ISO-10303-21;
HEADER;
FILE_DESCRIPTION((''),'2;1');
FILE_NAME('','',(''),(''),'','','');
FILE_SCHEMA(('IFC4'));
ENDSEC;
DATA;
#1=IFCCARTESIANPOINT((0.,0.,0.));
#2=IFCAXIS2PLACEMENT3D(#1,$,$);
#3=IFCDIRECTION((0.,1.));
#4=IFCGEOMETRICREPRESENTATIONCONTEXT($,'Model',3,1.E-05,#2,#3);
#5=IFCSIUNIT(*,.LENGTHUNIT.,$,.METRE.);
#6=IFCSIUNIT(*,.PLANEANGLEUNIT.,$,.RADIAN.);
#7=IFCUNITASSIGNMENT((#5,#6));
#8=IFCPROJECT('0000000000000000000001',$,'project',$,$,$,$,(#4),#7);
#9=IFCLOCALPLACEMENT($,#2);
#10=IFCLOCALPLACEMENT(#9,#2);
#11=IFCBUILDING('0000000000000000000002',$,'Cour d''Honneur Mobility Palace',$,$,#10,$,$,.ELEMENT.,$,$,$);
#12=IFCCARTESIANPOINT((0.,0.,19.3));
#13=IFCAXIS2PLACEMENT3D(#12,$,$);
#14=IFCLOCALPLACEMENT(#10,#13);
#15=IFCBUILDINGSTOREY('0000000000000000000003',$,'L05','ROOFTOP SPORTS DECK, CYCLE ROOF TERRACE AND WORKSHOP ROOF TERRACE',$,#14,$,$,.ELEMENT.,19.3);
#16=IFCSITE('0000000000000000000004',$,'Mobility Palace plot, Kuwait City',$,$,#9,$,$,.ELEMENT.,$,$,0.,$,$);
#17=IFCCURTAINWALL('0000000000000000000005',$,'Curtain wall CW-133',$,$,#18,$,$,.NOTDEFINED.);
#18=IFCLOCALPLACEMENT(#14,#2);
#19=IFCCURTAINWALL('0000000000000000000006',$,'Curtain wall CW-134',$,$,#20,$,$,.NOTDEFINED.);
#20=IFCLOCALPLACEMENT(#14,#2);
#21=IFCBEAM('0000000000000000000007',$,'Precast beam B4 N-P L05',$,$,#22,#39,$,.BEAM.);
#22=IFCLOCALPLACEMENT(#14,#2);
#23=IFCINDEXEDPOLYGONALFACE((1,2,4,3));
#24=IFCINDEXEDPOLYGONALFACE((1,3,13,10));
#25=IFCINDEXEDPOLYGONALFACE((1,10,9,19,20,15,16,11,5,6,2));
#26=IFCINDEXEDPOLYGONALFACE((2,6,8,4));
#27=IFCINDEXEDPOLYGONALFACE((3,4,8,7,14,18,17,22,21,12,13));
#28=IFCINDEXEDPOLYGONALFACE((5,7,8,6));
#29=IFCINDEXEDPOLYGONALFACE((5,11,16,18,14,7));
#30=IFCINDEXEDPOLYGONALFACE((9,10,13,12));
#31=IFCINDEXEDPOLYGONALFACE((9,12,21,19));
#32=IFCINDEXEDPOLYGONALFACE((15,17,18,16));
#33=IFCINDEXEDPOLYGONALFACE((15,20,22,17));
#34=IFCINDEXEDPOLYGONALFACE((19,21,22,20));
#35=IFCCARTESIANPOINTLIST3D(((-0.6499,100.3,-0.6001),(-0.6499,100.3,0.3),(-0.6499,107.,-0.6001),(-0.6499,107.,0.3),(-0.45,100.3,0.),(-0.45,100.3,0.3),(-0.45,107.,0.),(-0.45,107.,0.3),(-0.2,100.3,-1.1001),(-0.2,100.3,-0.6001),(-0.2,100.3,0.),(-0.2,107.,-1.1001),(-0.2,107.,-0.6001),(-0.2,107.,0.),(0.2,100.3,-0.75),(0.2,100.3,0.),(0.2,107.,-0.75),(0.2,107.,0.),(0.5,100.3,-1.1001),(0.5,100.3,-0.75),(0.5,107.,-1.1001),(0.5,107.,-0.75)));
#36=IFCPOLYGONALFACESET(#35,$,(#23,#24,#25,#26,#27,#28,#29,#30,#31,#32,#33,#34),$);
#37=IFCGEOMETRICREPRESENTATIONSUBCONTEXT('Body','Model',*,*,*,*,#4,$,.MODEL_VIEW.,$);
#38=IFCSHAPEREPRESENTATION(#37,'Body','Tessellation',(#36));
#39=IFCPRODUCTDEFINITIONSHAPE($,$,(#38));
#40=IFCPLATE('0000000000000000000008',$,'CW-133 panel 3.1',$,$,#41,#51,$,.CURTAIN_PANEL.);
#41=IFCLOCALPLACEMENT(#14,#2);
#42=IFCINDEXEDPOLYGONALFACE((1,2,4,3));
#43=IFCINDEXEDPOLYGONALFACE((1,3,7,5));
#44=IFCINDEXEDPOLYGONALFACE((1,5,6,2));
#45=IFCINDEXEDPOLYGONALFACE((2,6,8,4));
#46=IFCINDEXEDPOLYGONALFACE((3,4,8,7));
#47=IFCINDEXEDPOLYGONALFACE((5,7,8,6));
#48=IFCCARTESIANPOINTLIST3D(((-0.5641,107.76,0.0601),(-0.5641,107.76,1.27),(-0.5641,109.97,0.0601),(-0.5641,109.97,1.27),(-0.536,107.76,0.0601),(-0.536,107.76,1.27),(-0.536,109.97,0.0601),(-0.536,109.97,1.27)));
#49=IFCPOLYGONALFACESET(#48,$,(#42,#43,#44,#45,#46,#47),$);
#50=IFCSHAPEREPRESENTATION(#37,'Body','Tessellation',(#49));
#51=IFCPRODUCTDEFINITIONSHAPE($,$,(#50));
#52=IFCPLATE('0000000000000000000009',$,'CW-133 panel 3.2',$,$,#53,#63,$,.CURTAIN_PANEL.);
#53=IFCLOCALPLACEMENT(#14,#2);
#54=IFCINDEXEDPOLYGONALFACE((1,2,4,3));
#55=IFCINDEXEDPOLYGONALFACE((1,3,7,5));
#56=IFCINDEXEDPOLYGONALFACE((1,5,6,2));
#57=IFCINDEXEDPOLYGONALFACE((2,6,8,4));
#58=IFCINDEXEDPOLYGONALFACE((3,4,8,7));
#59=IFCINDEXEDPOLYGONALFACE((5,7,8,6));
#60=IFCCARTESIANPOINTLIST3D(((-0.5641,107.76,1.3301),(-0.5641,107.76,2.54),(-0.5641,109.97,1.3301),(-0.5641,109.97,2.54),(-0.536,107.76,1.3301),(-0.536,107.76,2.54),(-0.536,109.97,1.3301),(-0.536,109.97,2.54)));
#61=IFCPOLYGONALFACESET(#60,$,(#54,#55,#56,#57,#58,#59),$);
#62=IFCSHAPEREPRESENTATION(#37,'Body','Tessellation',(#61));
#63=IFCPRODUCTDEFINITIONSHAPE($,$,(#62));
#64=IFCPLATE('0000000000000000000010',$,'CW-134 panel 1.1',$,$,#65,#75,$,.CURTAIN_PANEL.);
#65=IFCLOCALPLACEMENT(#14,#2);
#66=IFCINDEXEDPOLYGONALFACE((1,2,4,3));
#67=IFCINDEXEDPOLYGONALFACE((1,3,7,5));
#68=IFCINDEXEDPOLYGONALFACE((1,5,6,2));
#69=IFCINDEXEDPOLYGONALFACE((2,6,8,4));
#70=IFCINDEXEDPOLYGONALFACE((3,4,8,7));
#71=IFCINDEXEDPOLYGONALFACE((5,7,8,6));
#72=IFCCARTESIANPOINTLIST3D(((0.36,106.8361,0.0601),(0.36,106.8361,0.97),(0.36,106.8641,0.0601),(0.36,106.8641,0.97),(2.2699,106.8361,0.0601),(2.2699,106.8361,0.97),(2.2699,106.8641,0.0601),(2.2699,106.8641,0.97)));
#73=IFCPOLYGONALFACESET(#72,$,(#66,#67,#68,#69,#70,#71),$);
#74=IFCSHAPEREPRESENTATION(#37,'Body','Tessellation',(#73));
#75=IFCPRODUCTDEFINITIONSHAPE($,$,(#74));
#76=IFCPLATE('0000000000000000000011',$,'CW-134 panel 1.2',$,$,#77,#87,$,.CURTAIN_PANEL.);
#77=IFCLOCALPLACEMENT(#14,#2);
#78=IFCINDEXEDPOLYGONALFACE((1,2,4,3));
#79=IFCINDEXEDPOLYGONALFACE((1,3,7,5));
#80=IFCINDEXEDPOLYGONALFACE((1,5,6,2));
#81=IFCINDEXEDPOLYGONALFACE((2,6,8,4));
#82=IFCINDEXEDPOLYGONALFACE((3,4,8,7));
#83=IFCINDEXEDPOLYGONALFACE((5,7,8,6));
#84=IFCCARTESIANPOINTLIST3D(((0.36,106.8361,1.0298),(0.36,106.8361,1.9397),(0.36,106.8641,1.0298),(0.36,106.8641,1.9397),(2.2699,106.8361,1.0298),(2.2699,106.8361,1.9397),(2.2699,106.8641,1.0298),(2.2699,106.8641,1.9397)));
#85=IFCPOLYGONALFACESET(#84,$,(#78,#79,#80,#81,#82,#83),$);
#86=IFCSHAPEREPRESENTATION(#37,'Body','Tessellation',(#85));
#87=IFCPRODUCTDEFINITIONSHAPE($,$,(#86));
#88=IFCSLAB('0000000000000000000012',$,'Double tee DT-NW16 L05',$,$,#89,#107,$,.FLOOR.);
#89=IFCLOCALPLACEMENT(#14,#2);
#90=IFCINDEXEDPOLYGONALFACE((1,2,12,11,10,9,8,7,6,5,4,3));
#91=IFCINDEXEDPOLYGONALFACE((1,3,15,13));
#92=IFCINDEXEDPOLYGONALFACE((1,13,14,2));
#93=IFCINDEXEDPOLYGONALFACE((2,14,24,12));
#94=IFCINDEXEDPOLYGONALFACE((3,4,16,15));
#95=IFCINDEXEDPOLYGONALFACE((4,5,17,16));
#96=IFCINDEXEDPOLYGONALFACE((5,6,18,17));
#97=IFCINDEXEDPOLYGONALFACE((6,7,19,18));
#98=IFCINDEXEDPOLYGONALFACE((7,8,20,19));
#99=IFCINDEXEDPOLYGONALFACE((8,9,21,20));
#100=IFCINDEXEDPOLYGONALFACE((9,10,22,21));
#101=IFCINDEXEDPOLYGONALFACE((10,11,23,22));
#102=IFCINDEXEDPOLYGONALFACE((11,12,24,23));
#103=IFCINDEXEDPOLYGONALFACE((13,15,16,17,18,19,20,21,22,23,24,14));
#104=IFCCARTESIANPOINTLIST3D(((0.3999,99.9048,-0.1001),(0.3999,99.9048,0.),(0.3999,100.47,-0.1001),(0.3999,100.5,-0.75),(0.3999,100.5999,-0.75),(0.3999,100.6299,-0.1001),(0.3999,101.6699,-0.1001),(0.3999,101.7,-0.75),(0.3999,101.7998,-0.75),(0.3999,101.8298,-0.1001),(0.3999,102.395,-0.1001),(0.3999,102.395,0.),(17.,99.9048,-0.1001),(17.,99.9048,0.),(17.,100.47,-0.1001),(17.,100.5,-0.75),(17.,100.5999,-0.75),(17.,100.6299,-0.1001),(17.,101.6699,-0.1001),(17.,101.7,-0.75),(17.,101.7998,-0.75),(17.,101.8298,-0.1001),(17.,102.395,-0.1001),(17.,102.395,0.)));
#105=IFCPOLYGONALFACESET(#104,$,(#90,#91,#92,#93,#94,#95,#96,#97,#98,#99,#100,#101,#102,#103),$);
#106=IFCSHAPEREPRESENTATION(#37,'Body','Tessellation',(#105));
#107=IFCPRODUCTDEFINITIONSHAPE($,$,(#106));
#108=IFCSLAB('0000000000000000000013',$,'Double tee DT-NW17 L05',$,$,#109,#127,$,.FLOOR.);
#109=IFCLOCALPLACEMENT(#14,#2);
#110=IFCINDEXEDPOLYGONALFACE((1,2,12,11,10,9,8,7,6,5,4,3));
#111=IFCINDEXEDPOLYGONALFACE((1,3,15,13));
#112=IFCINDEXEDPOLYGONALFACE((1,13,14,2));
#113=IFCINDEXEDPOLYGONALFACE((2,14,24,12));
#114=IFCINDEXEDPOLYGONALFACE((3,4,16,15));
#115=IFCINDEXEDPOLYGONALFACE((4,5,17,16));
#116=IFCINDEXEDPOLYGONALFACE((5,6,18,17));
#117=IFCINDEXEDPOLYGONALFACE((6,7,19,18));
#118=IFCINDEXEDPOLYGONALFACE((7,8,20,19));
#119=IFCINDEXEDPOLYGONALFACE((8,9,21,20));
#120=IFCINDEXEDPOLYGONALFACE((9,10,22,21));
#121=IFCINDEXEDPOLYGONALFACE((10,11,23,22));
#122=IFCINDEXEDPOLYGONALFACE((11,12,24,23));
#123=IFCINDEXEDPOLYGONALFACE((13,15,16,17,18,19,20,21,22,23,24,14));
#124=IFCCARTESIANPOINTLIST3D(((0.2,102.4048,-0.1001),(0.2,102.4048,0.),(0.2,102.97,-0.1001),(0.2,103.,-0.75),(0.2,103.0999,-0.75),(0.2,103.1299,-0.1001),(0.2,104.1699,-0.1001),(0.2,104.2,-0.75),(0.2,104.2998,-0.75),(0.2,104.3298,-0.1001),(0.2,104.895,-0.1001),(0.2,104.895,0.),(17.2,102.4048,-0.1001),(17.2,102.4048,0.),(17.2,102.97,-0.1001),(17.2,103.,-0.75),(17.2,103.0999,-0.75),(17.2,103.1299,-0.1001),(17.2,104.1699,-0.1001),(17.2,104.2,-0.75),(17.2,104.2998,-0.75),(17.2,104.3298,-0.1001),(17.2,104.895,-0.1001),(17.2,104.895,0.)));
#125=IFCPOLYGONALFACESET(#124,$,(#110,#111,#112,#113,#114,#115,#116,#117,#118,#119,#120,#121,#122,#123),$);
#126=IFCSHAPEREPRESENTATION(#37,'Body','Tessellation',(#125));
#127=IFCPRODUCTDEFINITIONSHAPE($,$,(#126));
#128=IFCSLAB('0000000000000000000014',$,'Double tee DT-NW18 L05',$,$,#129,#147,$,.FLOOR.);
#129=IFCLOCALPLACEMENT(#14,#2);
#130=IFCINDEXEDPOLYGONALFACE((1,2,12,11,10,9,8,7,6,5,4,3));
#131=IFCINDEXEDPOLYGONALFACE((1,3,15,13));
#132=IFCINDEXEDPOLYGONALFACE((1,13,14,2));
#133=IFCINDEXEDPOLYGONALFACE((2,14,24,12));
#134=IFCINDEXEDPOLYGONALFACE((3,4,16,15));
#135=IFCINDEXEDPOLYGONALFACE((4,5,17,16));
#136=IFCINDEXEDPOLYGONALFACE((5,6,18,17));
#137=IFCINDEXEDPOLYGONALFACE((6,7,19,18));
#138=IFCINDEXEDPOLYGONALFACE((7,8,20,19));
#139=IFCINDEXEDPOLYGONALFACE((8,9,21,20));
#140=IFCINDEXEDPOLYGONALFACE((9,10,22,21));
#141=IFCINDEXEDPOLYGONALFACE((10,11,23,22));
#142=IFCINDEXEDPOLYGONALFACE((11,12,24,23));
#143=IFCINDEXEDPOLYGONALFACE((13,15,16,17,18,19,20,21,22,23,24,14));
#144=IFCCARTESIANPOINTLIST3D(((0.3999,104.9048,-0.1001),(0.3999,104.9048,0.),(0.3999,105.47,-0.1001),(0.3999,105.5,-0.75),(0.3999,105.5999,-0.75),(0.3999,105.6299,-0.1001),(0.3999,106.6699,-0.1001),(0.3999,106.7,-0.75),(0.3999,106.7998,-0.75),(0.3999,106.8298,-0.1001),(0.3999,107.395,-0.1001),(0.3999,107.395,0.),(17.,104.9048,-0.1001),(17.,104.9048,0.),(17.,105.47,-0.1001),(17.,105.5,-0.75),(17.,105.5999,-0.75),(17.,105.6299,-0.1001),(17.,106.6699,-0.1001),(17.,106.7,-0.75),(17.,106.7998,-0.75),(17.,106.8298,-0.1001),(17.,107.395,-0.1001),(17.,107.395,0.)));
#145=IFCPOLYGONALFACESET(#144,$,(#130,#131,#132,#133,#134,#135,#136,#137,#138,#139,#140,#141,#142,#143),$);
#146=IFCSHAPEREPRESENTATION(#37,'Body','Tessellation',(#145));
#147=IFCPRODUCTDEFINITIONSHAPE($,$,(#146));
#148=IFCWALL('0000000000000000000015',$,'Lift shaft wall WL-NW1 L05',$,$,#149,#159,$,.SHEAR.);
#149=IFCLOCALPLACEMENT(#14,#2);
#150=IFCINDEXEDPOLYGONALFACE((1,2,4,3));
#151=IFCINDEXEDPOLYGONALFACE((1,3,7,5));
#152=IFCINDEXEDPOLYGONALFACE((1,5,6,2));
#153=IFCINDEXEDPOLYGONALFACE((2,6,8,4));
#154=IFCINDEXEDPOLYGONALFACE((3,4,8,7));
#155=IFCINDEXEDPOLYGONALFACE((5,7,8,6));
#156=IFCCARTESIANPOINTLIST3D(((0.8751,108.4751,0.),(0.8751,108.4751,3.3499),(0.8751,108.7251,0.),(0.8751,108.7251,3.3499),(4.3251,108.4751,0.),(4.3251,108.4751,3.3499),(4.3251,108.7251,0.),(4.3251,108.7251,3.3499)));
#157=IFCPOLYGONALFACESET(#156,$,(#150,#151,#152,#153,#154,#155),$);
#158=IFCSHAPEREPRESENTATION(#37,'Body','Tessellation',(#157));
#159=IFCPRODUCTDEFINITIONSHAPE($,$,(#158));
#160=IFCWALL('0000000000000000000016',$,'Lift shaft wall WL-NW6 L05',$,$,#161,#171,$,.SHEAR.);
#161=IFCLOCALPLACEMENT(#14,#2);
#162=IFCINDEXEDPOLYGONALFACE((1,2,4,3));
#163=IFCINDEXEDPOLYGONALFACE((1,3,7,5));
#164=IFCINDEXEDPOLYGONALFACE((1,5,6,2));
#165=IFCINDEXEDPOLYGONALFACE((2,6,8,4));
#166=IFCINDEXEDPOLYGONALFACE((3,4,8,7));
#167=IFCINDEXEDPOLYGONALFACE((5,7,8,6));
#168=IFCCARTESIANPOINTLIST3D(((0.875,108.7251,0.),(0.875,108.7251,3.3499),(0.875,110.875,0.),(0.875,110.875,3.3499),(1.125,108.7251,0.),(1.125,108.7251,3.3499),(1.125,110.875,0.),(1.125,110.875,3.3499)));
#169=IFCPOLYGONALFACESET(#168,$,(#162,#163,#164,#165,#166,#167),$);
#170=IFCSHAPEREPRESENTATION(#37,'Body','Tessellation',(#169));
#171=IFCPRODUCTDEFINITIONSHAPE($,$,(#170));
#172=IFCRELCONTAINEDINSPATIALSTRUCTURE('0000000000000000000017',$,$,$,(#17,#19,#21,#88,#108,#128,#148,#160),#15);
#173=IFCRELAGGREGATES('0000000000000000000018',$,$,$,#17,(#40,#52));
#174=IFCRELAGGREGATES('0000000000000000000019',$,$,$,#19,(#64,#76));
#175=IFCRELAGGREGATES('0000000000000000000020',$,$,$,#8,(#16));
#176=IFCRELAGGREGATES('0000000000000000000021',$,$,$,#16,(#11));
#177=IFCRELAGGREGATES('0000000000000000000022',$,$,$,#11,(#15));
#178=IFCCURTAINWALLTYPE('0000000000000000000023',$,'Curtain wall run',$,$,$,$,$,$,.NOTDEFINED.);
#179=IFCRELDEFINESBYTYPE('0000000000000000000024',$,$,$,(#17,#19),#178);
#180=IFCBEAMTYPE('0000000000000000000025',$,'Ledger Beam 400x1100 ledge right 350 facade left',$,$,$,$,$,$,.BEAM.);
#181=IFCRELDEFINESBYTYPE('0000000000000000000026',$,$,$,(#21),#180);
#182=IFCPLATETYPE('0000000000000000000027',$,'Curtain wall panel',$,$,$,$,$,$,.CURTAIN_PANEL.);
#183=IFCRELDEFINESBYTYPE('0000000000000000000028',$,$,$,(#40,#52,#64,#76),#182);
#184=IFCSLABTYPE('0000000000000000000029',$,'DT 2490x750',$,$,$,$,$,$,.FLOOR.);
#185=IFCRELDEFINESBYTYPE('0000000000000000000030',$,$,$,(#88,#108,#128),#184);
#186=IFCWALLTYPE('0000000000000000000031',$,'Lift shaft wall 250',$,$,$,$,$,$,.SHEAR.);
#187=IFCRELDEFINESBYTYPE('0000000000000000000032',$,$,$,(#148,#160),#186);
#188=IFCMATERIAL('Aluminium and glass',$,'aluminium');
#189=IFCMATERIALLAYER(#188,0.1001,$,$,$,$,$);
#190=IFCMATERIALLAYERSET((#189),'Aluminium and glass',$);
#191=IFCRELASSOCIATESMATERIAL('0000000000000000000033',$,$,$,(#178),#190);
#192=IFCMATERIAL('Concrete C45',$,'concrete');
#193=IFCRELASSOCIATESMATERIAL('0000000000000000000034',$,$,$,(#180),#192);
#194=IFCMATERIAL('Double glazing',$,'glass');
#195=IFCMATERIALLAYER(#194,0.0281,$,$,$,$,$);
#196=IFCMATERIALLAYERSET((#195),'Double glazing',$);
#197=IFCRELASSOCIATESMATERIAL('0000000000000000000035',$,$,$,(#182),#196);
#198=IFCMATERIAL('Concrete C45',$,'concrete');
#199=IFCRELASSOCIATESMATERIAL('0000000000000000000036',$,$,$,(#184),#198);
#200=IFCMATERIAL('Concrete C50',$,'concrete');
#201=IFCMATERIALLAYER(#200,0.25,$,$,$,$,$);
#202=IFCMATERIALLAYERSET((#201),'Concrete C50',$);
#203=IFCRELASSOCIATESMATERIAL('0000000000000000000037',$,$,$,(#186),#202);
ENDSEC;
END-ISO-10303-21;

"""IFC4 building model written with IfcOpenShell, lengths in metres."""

from ifc_helpers import new_model, si_unit, direction, frame, frame_2d, origin, origin_2d, place, context, subcontext, project, spatial, polyline, rectangle, outline, extrude, material, layer, layer_set, material_profile, profile_set, type_object, element, aggregate, save


model = new_model("IFC4")

# Units and contexts
model_context = context("Model", 3, precision=1e-05, world=origin(), true_north=direction((0.0, 1.0)))
body_context = subcontext(model_context, "Body", "Model", "MODEL_VIEW")
ifc_project = project(units=[si_unit("LENGTHUNIT", "METRE"), si_unit("PLANEANGLEUNIT", "RADIAN")], contexts=[model_context])

# Site, building, storey
site_placement = place(None, origin())
site = spatial("IfcSite", under=ifc_project, at=site_placement, Name="Mobility Palace plot, Kuwait City", CompositionType="ELEMENT", RefElevation=0.0)
building_placement = place(site_placement, origin())
building = spatial("IfcBuilding", under=site, at=building_placement, Name="Cour d'Honneur Mobility Palace", CompositionType="ELEMENT")
storey_placement = place(building_placement, frame((0.0, 0.0, 19.3)))
storey = spatial("IfcBuildingStorey", under=building, at=storey_placement, Name="L05", Description="ROOFTOP SPORTS DECK, CYCLE ROOF TERRACE AND WORKSHOP ROOF TERRACE", CompositionType="ELEMENT", Elevation=19.3)

# Curtain wall
ifc_material_1 = material(Name="Aluminium and glass", Category="aluminium")
ifc_layer_1 = layer(ifc_material_1, 0.1001)
ifc_layer_set_1 = layer_set([ifc_layer_1], Name="Aluminium and glass")
curtain_wall_type = type_object("IfcCurtainWallType", Name="Curtain wall run", PredefinedType="NOTDEFINED", material=ifc_layer_set_1)
curtain_wall_1_placement = place(storey_placement, origin())
curtain_wall_1 = element("IfcCurtainWall", 1, at=curtain_wall_1_placement, inside=storey, type_object=curtain_wall_type, Name="Curtain wall CW-133", PredefinedType="NOTDEFINED")

# Curtain wall
curtain_wall_2_placement = place(storey_placement, origin())
curtain_wall_2 = element("IfcCurtainWall", 2, at=curtain_wall_2_placement, inside=storey, type_object=curtain_wall_type, Name="Curtain wall CW-134", PredefinedType="NOTDEFINED")

# Beam
ifc_material_2 = material(Name="Concrete C45", Category="concrete")
ifc_material_profile_1 = material_profile(ifc_material_2, outline(polyline([(0.2, -1.1001), (0.2, -0.6001), (0.6499, -0.6001), (0.6499, 0.3), (0.45, 0.3), (0.45, 0.0), (0.2, 0.0), (-0.2, 0.0), (-0.2, -0.75), (-0.5, -0.75), (-0.5, -1.1001), (0.2, -1.1001)])), Name="Ledger Beam 400x1100 ledge right 350 facade left")
ifc_profile_set_1 = profile_set([ifc_material_profile_1], Name="Concrete C45")
beam_type_1 = type_object("IfcBeamType", Name="Ledger Beam 400x1100 ledge right 350 facade left", PredefinedType="BEAM", material=ifc_profile_set_1)
beam_1_placement = place(storey_placement, frame((0.0, 100.3, 0.0), z_axis=(0.0, 1.0, 0.0), x_axis=(-1.0, 0.0, 0.0)))
element("IfcBeam", 3, at=beam_1_placement, inside=storey, type_object=beam_type_1, Name="Precast beam B4 N-P L05", PredefinedType="BEAM", context=body_context, shape_type="SweptSolid", body=[
    extrude(outline(polyline([(0.2, -1.1001), (0.2, -0.6001), (0.6499, -0.6001), (0.6499, 0.3), (0.45, 0.3), (0.45, 0.0), (0.2, 0.0), (-0.2, 0.0), (-0.2, -0.75), (-0.5, -0.75), (-0.5, -1.1001), (0.2, -1.1001)])), origin(), (0.0, 0.0, 1.0), 6.7),
])

# Plates
ifc_material_3 = material(Name="Double glazing", Category="glass")
ifc_layer_2 = layer(ifc_material_3, 0.0281)
ifc_layer_set_2 = layer_set([ifc_layer_2], Name="Double glazing")
plate_type = type_object("IfcPlateType", Name="Curtain wall panel", PredefinedType="CURTAIN_PANEL", material=ifc_layer_set_2)
plate_1_placement = place(storey_placement, frame((-0.55, 108.865, 0.0601), z_axis=(0.0, 0.0, 1.0), x_axis=(0.0, -1.0, 0.0)))
plate_1 = element("IfcPlate", 4, at=plate_1_placement, type_object=plate_type, Name="CW-133 panel 3.1", PredefinedType="CURTAIN_PANEL", context=body_context, shape_type="SweptSolid", body=[
    extrude(rectangle(XDim=2.21, YDim=0.0281, at=origin_2d()), origin(), (0.0, 0.0, 1.0), 1.21),
])
plate_2_placement = place(storey_placement, frame((-0.55, 108.865, 1.3301), z_axis=(0.0, 0.0, 1.0), x_axis=(0.0, -1.0, 0.0)))
plate_2 = element("IfcPlate", 5, at=plate_2_placement, type_object=plate_type, Name="CW-133 panel 3.2", PredefinedType="CURTAIN_PANEL", context=body_context, shape_type="SweptSolid", body=[
    extrude(rectangle(XDim=2.21, YDim=0.0281, at=origin_2d()), origin(), (0.0, 0.0, 1.0), 1.21),
])
aggregate(curtain_wall_1, [plate_1, plate_2])
plate_3_placement = place(storey_placement, frame((1.3149, 106.8501, 0.0601), z_axis=(0.0, 0.0, 1.0), x_axis=(1.0, 0.0, 0.0)))
plate_3 = element("IfcPlate", 6, at=plate_3_placement, type_object=plate_type, Name="CW-134 panel 1.1", PredefinedType="CURTAIN_PANEL", context=body_context, shape_type="SweptSolid", body=[
    extrude(rectangle(XDim=1.9099, YDim=0.0281, at=origin_2d()), origin(), (0.0, 0.0, 1.0), 0.9099),
])
plate_4_placement = place(storey_placement, frame((1.3149, 106.8501, 1.0298), z_axis=(0.0, 0.0, 1.0), x_axis=(1.0, 0.0, 0.0)))
plate_4 = element("IfcPlate", 7, at=plate_4_placement, type_object=plate_type, Name="CW-134 panel 1.2", PredefinedType="CURTAIN_PANEL", context=body_context, shape_type="SweptSolid", body=[
    extrude(rectangle(XDim=1.9099, YDim=0.0281, at=origin_2d()), origin(), (0.0, 0.0, 1.0), 0.9099),
])
aggregate(curtain_wall_2, [plate_3, plate_4])

# Slabs
ifc_material_4 = material(Name="Concrete C45", Category="concrete")
ifc_material_profile_2 = material_profile(ifc_material_4, outline(polyline([(-1.2451, 0.0), (1.2451, 0.0), (1.2451, -0.1001), (0.6799, -0.1001), (0.6499, -0.75), (0.55, -0.75), (0.52, -0.1001), (-0.52, -0.1001), (-0.55, -0.75), (-0.6499, -0.75), (-0.6799, -0.1001), (-1.2451, -0.1001), (-1.2451, 0.0)])), Name="DT 2490x750")
ifc_profile_set_2 = profile_set([ifc_material_profile_2], Name="Concrete C45")
slab_type = type_object("IfcSlabType", Name="DT 2490x750", PredefinedType="FLOOR", material=ifc_profile_set_2)
slab_1_placement = place(storey_placement, frame((0.3999, 101.1499, 0.0), z_axis=(1.0, 0.0, 0.0), x_axis=(0.0, 1.0, 0.0)))
element("IfcSlab", 8, at=slab_1_placement, inside=storey, type_object=slab_type, Name="Double tee DT-NW16 L05", PredefinedType="FLOOR", context=body_context, shape_type="SweptSolid", body=[
    extrude(outline(polyline([(-1.2451, 0.0), (1.2451, 0.0), (1.2451, -0.1001), (0.6799, -0.1001), (0.6499, -0.75), (0.55, -0.75), (0.52, -0.1001), (-0.52, -0.1001), (-0.55, -0.75), (-0.6499, -0.75), (-0.6799, -0.1001), (-1.2451, -0.1001), (-1.2451, 0.0)])), origin(), (0.0, 0.0, 1.0), 16.6001),
])
slab_2_placement = place(storey_placement, frame((0.2, 103.6499, 0.0), z_axis=(1.0, 0.0, 0.0), x_axis=(0.0, 1.0, 0.0)))
element("IfcSlab", 9, at=slab_2_placement, inside=storey, type_object=slab_type, Name="Double tee DT-NW17 L05", PredefinedType="FLOOR", context=body_context, shape_type="SweptSolid", body=[
    extrude(outline(polyline([(-1.2451, 0.0), (1.2451, 0.0), (1.2451, -0.1001), (0.6799, -0.1001), (0.6499, -0.75), (0.55, -0.75), (0.52, -0.1001), (-0.52, -0.1001), (-0.55, -0.75), (-0.6499, -0.75), (-0.6799, -0.1001), (-1.2451, -0.1001), (-1.2451, 0.0)])), origin(), (0.0, 0.0, 1.0), 17.0),
])
slab_3_placement = place(storey_placement, frame((0.3999, 106.1499, 0.0), z_axis=(1.0, 0.0, 0.0), x_axis=(0.0, 1.0, 0.0)))
element("IfcSlab", 10, at=slab_3_placement, inside=storey, type_object=slab_type, Name="Double tee DT-NW18 L05", PredefinedType="FLOOR", context=body_context, shape_type="SweptSolid", body=[
    extrude(outline(polyline([(-1.2451, 0.0), (1.2451, 0.0), (1.2451, -0.1001), (0.6799, -0.1001), (0.6499, -0.75), (0.55, -0.75), (0.52, -0.1001), (-0.52, -0.1001), (-0.55, -0.75), (-0.6499, -0.75), (-0.6799, -0.1001), (-1.2451, -0.1001), (-1.2451, 0.0)])), origin(), (0.0, 0.0, 1.0), 16.6001),
])

# Walls
ifc_material_5 = material(Name="Concrete C50", Category="concrete")
ifc_layer_3 = layer(ifc_material_5, 0.25)
ifc_layer_set_3 = layer_set([ifc_layer_3], Name="Concrete C50")
wall_type = type_object("IfcWallType", Name="Lift shaft wall 250", PredefinedType="SHEAR", material=ifc_layer_set_3)
wall_1_placement = place(storey_placement, frame((0.875, 108.6001, 0.0), z_axis=(0.0, 0.0, 1.0), x_axis=(1.0, 0.0, 0.0)))
element("IfcWall", 11, at=wall_1_placement, inside=storey, type_object=wall_type, Name="Lift shaft wall WL-NW1 L05", PredefinedType="SHEAR", context=body_context, shape_type="SweptSolid", body=[
    extrude(rectangle(XDim=3.45, YDim=0.25, at=frame_2d((1.7251, 0.0))), origin(), (0.0, 0.0, 1.0), 3.3499),
])
wall_2_placement = place(storey_placement, frame((1.0, 108.7251, 0.0), z_axis=(0.0, 0.0, 1.0), x_axis=(0.0, 1.0, 0.0)))
element("IfcWall", 12, at=wall_2_placement, inside=storey, type_object=wall_type, Name="Lift shaft wall WL-NW6 L05", PredefinedType="SHEAR", context=body_context, shape_type="SweptSolid", body=[
    extrude(rectangle(XDim=2.1499, YDim=0.25, at=frame_2d((1.075, 0.0))), origin(), (0.0, 0.0, 1.0), 3.3499),
])

save(model, "model.ifc")
